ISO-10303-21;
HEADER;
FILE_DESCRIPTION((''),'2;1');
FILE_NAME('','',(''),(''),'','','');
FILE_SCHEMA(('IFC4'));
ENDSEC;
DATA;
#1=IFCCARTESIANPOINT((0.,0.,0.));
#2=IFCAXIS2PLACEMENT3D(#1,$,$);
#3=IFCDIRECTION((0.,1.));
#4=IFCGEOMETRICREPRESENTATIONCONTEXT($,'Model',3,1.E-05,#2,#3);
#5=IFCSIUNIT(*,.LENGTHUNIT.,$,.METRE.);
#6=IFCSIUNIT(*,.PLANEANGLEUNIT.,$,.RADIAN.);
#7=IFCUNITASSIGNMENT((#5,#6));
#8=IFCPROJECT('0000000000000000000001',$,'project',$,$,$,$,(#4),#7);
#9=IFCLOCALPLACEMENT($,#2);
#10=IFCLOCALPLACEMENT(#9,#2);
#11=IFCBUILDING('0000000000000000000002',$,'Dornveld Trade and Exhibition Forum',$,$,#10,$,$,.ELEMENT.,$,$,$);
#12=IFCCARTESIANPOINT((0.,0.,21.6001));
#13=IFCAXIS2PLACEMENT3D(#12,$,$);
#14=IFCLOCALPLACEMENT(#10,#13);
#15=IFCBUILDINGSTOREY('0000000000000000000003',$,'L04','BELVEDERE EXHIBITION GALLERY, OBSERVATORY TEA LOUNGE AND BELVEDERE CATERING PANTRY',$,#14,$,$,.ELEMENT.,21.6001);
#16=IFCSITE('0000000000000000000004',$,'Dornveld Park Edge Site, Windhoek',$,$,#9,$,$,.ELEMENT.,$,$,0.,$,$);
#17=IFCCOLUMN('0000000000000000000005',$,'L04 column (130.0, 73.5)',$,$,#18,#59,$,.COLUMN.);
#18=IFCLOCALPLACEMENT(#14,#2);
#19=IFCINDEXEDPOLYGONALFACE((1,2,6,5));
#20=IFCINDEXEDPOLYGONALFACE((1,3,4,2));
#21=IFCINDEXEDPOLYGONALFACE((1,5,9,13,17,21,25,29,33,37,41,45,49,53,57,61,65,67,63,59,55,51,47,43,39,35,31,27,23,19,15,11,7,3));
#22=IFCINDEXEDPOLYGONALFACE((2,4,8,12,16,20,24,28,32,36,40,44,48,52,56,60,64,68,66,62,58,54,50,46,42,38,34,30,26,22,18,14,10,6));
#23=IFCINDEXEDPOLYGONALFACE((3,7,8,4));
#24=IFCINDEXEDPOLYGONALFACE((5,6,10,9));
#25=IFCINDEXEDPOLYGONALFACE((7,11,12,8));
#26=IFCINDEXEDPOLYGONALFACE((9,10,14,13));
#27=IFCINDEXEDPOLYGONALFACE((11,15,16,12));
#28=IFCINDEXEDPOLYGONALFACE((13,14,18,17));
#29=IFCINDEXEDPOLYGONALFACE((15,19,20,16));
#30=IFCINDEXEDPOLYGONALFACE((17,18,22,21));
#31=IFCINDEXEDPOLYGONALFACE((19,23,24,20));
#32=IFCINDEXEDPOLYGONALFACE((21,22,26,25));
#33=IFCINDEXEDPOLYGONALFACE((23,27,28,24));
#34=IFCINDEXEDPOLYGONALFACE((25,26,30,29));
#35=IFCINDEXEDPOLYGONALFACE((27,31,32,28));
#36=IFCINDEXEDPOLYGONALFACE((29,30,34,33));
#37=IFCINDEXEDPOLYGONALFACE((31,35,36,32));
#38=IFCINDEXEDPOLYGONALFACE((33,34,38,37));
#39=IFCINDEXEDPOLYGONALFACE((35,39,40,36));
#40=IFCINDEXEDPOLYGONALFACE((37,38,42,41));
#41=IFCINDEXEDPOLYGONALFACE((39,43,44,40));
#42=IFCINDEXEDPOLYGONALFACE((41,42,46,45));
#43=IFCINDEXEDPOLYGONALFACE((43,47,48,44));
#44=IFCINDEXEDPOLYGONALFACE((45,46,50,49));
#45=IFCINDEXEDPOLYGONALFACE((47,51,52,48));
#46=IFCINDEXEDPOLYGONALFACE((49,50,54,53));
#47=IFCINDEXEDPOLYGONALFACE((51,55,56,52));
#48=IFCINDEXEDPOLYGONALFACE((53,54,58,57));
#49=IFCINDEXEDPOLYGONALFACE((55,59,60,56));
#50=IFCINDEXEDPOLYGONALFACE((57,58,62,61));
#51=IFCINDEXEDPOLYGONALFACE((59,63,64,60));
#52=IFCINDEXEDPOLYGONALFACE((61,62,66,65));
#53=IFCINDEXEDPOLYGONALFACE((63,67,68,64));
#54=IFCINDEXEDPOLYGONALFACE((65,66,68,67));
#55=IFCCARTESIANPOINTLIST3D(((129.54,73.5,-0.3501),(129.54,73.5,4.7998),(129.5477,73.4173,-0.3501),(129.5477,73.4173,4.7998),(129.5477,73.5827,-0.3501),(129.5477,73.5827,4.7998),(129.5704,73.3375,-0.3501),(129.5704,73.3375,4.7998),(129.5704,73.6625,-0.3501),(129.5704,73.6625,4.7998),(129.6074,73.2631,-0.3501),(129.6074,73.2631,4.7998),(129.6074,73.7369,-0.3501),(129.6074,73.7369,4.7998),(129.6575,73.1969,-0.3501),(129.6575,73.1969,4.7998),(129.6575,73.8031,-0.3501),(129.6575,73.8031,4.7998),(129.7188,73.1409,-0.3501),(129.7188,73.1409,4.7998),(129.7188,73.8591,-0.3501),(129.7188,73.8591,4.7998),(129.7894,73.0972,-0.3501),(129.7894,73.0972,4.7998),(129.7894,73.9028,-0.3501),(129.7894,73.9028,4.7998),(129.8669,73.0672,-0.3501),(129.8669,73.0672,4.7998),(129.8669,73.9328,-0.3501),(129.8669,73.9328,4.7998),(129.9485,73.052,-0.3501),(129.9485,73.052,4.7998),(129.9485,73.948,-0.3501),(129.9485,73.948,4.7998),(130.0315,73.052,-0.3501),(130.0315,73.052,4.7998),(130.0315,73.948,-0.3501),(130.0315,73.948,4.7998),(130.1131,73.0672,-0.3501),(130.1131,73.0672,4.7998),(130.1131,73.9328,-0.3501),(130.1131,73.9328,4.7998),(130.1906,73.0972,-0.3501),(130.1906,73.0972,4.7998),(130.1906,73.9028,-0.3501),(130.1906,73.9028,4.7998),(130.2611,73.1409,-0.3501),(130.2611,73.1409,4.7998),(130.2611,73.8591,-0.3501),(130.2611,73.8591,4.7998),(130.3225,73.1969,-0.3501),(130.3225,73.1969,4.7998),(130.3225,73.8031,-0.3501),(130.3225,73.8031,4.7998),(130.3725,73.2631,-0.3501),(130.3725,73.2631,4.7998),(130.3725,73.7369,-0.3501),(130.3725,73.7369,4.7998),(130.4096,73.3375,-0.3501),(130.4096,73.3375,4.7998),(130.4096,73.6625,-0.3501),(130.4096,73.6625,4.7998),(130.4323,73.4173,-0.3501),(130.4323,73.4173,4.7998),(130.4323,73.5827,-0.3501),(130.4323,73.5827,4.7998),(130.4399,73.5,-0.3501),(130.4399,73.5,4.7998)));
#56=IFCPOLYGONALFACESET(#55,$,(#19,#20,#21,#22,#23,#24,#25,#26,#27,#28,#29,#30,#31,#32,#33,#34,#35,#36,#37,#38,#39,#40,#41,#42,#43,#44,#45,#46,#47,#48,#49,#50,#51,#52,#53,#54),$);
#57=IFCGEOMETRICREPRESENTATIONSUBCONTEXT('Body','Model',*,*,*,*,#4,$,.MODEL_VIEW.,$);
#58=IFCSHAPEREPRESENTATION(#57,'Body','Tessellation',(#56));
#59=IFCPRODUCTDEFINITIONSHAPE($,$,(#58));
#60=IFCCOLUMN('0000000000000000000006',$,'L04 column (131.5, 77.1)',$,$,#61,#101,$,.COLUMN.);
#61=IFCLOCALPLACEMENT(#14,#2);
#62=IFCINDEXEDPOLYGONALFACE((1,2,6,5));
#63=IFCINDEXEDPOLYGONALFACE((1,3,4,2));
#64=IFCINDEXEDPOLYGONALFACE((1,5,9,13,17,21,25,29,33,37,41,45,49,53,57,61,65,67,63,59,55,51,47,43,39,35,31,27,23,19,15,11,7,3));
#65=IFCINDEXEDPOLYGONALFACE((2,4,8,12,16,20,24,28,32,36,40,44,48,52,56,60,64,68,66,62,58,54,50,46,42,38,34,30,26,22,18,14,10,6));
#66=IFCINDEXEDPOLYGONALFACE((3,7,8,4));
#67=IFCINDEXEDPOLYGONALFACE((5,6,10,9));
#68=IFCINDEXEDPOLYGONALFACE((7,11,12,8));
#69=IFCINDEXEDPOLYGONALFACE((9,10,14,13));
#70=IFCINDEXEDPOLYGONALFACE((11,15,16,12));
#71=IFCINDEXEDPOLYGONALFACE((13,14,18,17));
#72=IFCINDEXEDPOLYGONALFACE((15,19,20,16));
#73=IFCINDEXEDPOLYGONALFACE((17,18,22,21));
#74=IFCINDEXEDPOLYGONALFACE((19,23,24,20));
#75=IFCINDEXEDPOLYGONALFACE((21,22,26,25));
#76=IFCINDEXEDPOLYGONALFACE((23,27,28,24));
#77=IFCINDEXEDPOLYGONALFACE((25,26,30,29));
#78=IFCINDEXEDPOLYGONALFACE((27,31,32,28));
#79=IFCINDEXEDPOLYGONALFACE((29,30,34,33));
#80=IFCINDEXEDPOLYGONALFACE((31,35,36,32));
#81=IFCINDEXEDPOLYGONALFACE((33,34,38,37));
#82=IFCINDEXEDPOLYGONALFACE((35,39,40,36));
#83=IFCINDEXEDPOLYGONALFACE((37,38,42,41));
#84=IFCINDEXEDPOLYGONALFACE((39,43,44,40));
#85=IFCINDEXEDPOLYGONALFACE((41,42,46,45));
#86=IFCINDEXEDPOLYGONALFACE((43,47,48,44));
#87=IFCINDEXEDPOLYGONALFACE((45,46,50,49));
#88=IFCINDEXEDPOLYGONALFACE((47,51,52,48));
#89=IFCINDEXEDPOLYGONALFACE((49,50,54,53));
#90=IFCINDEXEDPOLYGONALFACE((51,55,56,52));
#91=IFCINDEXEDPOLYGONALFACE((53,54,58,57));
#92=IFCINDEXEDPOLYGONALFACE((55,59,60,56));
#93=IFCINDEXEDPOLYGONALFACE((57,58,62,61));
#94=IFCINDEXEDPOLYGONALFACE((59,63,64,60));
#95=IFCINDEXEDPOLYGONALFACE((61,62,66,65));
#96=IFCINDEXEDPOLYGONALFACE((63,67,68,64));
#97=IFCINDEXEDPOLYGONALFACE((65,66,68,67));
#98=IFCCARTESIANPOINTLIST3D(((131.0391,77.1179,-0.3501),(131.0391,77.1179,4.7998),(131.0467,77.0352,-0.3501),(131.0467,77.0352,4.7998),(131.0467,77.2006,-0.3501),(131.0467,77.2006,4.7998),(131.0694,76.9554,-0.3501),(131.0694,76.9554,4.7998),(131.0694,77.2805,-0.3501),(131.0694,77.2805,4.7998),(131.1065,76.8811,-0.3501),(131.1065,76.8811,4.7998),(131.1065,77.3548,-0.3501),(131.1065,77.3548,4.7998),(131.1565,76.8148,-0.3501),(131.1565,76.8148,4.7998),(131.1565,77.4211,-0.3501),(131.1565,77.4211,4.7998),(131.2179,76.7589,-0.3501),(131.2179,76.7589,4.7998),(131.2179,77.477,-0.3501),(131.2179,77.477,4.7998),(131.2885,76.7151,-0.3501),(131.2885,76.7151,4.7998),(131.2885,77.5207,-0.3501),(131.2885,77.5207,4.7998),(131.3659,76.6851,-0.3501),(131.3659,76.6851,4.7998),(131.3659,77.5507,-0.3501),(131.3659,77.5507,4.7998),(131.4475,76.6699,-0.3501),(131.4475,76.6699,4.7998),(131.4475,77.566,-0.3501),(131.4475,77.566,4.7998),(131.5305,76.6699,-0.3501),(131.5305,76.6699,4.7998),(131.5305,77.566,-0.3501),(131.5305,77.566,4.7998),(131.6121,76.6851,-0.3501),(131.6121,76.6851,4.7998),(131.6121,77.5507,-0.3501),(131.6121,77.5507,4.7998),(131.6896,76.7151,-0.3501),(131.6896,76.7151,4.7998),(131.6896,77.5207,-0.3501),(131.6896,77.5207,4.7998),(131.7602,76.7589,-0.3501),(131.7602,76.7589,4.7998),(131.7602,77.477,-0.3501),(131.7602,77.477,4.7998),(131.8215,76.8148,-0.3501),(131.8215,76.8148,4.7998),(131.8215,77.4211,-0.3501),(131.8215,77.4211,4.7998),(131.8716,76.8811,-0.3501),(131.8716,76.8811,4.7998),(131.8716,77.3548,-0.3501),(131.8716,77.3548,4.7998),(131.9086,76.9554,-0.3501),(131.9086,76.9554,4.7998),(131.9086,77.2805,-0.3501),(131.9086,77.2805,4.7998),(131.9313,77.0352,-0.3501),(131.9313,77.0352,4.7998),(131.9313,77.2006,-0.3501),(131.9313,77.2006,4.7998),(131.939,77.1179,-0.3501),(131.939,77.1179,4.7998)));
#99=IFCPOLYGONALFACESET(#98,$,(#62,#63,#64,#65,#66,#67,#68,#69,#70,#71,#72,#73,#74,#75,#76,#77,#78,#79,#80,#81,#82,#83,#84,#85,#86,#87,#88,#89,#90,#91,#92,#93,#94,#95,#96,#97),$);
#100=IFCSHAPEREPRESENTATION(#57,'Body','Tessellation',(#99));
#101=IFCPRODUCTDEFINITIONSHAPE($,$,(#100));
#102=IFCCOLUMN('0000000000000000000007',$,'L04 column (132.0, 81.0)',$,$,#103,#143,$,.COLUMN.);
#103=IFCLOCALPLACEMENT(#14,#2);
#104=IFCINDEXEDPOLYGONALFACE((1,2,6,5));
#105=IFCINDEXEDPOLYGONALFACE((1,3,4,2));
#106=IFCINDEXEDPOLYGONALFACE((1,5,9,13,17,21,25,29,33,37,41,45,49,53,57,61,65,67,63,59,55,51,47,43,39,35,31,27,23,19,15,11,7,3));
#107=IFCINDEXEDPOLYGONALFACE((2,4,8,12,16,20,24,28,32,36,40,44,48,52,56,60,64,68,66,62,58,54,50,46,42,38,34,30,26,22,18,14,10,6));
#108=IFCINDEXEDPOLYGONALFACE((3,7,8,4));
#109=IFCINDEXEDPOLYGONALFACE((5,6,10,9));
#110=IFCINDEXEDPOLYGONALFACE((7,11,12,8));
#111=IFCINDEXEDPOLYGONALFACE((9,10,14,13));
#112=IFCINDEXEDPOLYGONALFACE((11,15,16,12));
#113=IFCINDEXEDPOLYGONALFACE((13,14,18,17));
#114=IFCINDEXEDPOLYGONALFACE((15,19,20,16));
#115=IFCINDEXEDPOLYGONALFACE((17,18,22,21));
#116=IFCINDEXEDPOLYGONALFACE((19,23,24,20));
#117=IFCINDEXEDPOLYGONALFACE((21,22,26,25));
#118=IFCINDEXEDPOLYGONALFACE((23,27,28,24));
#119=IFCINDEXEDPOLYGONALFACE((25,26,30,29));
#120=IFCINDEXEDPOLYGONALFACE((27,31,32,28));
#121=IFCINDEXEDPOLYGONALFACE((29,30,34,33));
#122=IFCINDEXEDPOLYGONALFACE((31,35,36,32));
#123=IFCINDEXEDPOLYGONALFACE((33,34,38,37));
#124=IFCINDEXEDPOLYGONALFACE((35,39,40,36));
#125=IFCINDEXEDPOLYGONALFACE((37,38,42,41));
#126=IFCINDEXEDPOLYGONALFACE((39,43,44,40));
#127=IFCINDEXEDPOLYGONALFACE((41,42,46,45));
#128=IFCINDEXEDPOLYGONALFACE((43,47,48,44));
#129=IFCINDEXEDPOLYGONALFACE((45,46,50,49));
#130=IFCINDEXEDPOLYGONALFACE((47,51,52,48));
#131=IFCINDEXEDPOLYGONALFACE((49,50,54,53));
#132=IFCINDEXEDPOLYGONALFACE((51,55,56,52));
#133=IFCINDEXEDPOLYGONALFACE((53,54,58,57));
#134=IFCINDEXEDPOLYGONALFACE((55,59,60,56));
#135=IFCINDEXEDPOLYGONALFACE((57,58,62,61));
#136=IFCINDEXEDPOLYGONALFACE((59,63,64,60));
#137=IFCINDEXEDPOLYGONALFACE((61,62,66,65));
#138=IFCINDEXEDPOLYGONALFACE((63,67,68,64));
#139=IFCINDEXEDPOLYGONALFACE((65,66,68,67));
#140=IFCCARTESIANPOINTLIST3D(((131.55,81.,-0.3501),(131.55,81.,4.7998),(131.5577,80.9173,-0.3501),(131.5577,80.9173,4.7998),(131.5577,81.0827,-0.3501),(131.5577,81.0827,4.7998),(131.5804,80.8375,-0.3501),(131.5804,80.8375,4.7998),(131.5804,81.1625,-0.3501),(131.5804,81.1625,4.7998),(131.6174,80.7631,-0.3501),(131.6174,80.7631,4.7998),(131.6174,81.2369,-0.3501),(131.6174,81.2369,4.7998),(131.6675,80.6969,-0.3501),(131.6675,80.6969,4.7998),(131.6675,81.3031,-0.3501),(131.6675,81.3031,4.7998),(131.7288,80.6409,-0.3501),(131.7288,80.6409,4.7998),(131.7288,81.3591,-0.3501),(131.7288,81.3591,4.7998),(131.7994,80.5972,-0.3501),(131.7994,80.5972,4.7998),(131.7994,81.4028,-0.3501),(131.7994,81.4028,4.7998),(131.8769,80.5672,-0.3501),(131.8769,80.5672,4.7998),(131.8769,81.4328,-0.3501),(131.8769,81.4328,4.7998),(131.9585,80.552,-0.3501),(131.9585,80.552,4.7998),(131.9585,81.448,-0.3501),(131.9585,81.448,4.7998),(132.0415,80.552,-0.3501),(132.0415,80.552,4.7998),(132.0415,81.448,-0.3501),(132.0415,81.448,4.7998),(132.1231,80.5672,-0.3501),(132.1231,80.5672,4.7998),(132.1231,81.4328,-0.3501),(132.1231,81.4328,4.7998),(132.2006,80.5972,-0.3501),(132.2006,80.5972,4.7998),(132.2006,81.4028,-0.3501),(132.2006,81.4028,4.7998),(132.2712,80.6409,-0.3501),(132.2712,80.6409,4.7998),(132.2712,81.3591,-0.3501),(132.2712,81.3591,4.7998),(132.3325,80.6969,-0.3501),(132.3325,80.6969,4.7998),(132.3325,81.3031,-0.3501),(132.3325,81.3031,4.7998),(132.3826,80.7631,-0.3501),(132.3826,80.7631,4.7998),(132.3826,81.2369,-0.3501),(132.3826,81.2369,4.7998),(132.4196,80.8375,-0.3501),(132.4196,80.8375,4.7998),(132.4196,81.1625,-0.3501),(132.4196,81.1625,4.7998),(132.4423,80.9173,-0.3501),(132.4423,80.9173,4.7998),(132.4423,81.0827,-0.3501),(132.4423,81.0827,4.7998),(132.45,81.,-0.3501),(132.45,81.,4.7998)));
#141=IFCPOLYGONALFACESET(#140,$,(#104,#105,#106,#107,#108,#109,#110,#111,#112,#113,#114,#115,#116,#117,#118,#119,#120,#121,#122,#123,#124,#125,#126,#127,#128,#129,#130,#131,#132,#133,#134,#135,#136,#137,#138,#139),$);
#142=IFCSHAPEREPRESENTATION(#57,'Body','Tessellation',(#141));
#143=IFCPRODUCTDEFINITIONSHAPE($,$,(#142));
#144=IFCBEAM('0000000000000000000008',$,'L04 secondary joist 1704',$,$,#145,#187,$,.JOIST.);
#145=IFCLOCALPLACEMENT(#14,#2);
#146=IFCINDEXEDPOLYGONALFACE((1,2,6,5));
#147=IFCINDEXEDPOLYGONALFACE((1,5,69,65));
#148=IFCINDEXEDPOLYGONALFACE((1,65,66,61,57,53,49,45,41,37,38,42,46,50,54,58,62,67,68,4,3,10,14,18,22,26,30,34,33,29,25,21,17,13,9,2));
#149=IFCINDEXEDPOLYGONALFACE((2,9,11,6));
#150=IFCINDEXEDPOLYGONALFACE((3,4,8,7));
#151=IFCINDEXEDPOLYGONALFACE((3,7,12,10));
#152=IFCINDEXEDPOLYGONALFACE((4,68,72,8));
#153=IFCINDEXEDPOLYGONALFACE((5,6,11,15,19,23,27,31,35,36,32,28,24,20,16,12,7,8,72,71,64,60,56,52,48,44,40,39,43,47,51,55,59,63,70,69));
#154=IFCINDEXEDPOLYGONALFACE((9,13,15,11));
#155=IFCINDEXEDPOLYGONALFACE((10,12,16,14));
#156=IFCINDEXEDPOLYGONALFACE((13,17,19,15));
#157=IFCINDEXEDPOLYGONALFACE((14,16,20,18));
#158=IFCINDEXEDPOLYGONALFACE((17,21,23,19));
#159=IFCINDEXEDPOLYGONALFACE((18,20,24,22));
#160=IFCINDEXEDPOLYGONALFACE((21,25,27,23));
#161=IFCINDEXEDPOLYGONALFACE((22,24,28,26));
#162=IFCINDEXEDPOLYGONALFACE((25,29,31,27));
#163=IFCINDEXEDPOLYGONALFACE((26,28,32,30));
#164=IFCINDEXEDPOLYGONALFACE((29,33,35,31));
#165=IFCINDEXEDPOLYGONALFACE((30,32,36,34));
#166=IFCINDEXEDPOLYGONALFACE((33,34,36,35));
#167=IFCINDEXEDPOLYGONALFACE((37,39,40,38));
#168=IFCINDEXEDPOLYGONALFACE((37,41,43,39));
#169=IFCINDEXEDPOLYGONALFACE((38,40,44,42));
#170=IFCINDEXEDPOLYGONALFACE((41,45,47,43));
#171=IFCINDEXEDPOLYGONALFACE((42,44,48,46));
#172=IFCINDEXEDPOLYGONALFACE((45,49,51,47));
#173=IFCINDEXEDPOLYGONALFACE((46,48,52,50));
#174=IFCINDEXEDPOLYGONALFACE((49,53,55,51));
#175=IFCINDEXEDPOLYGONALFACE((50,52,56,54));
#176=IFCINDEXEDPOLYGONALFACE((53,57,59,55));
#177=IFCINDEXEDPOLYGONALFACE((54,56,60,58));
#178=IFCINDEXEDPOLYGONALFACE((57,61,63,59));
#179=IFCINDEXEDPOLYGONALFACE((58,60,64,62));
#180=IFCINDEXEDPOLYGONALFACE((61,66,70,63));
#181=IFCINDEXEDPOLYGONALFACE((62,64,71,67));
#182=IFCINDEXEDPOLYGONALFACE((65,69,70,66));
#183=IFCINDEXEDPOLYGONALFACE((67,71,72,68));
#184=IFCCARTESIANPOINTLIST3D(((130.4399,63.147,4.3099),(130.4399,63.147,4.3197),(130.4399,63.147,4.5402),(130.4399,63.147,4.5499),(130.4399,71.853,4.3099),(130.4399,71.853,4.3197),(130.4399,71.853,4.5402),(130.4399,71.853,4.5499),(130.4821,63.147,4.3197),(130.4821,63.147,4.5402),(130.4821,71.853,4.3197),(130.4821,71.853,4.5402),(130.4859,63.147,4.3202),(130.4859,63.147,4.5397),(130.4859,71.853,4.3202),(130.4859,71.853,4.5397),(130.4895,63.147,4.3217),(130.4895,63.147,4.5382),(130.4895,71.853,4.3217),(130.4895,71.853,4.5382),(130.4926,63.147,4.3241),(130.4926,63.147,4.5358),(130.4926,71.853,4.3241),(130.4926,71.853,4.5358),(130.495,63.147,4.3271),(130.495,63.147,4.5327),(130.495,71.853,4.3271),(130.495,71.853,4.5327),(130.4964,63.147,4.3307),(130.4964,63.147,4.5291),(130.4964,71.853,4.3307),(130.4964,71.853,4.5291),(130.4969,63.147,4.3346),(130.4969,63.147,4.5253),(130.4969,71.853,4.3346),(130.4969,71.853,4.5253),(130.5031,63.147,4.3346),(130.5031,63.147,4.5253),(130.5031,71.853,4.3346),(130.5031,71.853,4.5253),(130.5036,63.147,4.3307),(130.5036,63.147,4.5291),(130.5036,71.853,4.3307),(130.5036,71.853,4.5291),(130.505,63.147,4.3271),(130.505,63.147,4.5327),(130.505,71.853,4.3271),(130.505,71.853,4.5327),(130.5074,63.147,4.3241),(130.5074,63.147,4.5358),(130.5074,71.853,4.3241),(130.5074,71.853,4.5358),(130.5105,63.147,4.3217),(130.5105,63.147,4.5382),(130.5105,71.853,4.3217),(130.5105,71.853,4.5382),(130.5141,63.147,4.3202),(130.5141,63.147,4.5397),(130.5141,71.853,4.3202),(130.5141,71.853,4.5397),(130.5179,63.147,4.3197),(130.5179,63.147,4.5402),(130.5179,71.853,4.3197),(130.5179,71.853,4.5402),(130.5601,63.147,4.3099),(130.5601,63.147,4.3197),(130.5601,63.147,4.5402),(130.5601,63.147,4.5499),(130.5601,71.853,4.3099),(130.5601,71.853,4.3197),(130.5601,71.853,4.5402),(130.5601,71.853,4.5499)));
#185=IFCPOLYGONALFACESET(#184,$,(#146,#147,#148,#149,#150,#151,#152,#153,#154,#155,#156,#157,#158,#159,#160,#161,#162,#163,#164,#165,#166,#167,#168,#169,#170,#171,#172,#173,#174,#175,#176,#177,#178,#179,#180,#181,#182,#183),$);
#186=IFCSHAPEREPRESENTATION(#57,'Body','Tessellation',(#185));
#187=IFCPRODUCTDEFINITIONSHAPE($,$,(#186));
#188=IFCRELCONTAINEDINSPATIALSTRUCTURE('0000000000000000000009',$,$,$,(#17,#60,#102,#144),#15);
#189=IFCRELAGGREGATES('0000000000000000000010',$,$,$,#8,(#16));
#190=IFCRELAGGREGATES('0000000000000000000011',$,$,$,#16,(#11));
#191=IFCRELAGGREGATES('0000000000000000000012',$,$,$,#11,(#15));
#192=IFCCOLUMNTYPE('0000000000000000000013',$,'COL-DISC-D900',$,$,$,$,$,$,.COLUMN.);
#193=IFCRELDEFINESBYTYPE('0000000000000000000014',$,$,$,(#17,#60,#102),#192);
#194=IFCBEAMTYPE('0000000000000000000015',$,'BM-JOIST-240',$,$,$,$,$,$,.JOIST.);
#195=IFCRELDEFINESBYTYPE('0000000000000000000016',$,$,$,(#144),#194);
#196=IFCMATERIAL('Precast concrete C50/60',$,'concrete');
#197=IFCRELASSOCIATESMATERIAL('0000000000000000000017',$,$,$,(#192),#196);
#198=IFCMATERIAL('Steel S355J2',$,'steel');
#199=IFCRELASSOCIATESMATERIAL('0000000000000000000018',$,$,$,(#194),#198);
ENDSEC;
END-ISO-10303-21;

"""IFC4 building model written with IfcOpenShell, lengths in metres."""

from ifc_helpers import new_model, si_unit, direction, frame, origin, origin_2d, place, context, subcontext, project, spatial, circle, i_section, extrude, material, material_profile, profile_set, type_object, element, save


model = new_model("IFC4")

# Units and contexts
model_context = context("Model", 3, precision=1e-05, world=origin(), true_north=direction((0.0, 1.0)))
body_context = subcontext(model_context, "Body", "Model", "MODEL_VIEW")
ifc_project = project(units=[si_unit("LENGTHUNIT", "METRE"), si_unit("PLANEANGLEUNIT", "RADIAN")], contexts=[model_context])

# Site, building, storey
site_placement = place(None, origin())
site = spatial("IfcSite", under=ifc_project, at=site_placement, Name="Dornveld Park Edge Site, Windhoek", CompositionType="ELEMENT", RefElevation=0.0)
building_placement = place(site_placement, origin())
building = spatial("IfcBuilding", under=site, at=building_placement, Name="Dornveld Trade and Exhibition Forum", CompositionType="ELEMENT")
storey_placement = place(building_placement, frame((0.0, 0.0, 21.6001)))
storey = spatial("IfcBuildingStorey", under=building, at=storey_placement, Name="L04", Description="BELVEDERE EXHIBITION GALLERY, OBSERVATORY TEA LOUNGE AND BELVEDERE CATERING PANTRY", CompositionType="ELEMENT", Elevation=21.6001)

# Columns
ifc_material_1 = material(Name="Precast concrete C50/60", Category="concrete")
ifc_material_profile_1 = material_profile(ifc_material_1, circle(Radius=0.45, at=origin_2d()), Name="PC-COL D900")
ifc_profile_set_1 = profile_set([ifc_material_profile_1], Name="Precast concrete C50/60")
column_type = type_object("IfcColumnType", Name="COL-DISC-D900", PredefinedType="COLUMN", material=ifc_profile_set_1)
for number, where, z_axis, x_axis, name in (
    (1, (129.99, 73.5, -0.3501), (0.0, 0.0, 1.0), (1.0, 0.0, 0.0), "L04 column (130.0, 73.5)"),
    (2, (131.489, 77.1179, -0.3501), (0.0, 0.0, 1.0), (1.0, 0.0, 0.0), "L04 column (131.5, 77.1)"),
    (3, (132.0, 81.0, -0.3501), (0.0, 0.0, 1.0), (1.0, 0.0, 0.0), "L04 column (132.0, 81.0)"),
):
    element("IfcColumn", number, at=place(storey_placement, frame(where, z_axis=z_axis, x_axis=x_axis)), inside=storey, type_object=column_type, Name=name, PredefinedType="COLUMN", context=body_context, shape_type="SweptSolid", body=[
        extrude(circle(Radius=0.45, at=origin_2d()), origin(), (0.0, 0.0, 1.0), 5.1499),
    ])

# Beam
ifc_material_2 = material(Name="Steel S355J2", Category="steel")
ifc_material_profile_2 = material_profile(ifc_material_2, i_section(OverallWidth=0.1201, OverallDepth=0.24, WebThickness=0.0061, FlangeThickness=0.0098, FilletRadius=0.0149, at=origin_2d()), Name="IPE 240")
ifc_profile_set_2 = profile_set([ifc_material_profile_2], Name="Steel S355J2")
beam_type = type_object("IfcBeamType", Name="BM-JOIST-240", PredefinedType="JOIST", material=ifc_profile_set_2)
for number, where, z_axis, x_axis, name in (
    (4, (130.5, 63.147, 4.4299), (0.0, 1.0, 0.0), (-1.0, 0.0, 0.0), "L04 secondary joist 1704"),
):
    element("IfcBeam", number, at=place(storey_placement, frame(where, z_axis=z_axis, x_axis=x_axis)), inside=storey, type_object=beam_type, Name=name, PredefinedType="JOIST", context=body_context, shape_type="SweptSolid", body=[
        extrude(i_section(OverallWidth=0.1201, OverallDepth=0.24, WebThickness=0.0061, FlangeThickness=0.0098, FilletRadius=0.0149, at=origin_2d()), origin(), (0.0, 0.0, 1.0), 8.7061),
    ])

save(model, "model.ifc")
